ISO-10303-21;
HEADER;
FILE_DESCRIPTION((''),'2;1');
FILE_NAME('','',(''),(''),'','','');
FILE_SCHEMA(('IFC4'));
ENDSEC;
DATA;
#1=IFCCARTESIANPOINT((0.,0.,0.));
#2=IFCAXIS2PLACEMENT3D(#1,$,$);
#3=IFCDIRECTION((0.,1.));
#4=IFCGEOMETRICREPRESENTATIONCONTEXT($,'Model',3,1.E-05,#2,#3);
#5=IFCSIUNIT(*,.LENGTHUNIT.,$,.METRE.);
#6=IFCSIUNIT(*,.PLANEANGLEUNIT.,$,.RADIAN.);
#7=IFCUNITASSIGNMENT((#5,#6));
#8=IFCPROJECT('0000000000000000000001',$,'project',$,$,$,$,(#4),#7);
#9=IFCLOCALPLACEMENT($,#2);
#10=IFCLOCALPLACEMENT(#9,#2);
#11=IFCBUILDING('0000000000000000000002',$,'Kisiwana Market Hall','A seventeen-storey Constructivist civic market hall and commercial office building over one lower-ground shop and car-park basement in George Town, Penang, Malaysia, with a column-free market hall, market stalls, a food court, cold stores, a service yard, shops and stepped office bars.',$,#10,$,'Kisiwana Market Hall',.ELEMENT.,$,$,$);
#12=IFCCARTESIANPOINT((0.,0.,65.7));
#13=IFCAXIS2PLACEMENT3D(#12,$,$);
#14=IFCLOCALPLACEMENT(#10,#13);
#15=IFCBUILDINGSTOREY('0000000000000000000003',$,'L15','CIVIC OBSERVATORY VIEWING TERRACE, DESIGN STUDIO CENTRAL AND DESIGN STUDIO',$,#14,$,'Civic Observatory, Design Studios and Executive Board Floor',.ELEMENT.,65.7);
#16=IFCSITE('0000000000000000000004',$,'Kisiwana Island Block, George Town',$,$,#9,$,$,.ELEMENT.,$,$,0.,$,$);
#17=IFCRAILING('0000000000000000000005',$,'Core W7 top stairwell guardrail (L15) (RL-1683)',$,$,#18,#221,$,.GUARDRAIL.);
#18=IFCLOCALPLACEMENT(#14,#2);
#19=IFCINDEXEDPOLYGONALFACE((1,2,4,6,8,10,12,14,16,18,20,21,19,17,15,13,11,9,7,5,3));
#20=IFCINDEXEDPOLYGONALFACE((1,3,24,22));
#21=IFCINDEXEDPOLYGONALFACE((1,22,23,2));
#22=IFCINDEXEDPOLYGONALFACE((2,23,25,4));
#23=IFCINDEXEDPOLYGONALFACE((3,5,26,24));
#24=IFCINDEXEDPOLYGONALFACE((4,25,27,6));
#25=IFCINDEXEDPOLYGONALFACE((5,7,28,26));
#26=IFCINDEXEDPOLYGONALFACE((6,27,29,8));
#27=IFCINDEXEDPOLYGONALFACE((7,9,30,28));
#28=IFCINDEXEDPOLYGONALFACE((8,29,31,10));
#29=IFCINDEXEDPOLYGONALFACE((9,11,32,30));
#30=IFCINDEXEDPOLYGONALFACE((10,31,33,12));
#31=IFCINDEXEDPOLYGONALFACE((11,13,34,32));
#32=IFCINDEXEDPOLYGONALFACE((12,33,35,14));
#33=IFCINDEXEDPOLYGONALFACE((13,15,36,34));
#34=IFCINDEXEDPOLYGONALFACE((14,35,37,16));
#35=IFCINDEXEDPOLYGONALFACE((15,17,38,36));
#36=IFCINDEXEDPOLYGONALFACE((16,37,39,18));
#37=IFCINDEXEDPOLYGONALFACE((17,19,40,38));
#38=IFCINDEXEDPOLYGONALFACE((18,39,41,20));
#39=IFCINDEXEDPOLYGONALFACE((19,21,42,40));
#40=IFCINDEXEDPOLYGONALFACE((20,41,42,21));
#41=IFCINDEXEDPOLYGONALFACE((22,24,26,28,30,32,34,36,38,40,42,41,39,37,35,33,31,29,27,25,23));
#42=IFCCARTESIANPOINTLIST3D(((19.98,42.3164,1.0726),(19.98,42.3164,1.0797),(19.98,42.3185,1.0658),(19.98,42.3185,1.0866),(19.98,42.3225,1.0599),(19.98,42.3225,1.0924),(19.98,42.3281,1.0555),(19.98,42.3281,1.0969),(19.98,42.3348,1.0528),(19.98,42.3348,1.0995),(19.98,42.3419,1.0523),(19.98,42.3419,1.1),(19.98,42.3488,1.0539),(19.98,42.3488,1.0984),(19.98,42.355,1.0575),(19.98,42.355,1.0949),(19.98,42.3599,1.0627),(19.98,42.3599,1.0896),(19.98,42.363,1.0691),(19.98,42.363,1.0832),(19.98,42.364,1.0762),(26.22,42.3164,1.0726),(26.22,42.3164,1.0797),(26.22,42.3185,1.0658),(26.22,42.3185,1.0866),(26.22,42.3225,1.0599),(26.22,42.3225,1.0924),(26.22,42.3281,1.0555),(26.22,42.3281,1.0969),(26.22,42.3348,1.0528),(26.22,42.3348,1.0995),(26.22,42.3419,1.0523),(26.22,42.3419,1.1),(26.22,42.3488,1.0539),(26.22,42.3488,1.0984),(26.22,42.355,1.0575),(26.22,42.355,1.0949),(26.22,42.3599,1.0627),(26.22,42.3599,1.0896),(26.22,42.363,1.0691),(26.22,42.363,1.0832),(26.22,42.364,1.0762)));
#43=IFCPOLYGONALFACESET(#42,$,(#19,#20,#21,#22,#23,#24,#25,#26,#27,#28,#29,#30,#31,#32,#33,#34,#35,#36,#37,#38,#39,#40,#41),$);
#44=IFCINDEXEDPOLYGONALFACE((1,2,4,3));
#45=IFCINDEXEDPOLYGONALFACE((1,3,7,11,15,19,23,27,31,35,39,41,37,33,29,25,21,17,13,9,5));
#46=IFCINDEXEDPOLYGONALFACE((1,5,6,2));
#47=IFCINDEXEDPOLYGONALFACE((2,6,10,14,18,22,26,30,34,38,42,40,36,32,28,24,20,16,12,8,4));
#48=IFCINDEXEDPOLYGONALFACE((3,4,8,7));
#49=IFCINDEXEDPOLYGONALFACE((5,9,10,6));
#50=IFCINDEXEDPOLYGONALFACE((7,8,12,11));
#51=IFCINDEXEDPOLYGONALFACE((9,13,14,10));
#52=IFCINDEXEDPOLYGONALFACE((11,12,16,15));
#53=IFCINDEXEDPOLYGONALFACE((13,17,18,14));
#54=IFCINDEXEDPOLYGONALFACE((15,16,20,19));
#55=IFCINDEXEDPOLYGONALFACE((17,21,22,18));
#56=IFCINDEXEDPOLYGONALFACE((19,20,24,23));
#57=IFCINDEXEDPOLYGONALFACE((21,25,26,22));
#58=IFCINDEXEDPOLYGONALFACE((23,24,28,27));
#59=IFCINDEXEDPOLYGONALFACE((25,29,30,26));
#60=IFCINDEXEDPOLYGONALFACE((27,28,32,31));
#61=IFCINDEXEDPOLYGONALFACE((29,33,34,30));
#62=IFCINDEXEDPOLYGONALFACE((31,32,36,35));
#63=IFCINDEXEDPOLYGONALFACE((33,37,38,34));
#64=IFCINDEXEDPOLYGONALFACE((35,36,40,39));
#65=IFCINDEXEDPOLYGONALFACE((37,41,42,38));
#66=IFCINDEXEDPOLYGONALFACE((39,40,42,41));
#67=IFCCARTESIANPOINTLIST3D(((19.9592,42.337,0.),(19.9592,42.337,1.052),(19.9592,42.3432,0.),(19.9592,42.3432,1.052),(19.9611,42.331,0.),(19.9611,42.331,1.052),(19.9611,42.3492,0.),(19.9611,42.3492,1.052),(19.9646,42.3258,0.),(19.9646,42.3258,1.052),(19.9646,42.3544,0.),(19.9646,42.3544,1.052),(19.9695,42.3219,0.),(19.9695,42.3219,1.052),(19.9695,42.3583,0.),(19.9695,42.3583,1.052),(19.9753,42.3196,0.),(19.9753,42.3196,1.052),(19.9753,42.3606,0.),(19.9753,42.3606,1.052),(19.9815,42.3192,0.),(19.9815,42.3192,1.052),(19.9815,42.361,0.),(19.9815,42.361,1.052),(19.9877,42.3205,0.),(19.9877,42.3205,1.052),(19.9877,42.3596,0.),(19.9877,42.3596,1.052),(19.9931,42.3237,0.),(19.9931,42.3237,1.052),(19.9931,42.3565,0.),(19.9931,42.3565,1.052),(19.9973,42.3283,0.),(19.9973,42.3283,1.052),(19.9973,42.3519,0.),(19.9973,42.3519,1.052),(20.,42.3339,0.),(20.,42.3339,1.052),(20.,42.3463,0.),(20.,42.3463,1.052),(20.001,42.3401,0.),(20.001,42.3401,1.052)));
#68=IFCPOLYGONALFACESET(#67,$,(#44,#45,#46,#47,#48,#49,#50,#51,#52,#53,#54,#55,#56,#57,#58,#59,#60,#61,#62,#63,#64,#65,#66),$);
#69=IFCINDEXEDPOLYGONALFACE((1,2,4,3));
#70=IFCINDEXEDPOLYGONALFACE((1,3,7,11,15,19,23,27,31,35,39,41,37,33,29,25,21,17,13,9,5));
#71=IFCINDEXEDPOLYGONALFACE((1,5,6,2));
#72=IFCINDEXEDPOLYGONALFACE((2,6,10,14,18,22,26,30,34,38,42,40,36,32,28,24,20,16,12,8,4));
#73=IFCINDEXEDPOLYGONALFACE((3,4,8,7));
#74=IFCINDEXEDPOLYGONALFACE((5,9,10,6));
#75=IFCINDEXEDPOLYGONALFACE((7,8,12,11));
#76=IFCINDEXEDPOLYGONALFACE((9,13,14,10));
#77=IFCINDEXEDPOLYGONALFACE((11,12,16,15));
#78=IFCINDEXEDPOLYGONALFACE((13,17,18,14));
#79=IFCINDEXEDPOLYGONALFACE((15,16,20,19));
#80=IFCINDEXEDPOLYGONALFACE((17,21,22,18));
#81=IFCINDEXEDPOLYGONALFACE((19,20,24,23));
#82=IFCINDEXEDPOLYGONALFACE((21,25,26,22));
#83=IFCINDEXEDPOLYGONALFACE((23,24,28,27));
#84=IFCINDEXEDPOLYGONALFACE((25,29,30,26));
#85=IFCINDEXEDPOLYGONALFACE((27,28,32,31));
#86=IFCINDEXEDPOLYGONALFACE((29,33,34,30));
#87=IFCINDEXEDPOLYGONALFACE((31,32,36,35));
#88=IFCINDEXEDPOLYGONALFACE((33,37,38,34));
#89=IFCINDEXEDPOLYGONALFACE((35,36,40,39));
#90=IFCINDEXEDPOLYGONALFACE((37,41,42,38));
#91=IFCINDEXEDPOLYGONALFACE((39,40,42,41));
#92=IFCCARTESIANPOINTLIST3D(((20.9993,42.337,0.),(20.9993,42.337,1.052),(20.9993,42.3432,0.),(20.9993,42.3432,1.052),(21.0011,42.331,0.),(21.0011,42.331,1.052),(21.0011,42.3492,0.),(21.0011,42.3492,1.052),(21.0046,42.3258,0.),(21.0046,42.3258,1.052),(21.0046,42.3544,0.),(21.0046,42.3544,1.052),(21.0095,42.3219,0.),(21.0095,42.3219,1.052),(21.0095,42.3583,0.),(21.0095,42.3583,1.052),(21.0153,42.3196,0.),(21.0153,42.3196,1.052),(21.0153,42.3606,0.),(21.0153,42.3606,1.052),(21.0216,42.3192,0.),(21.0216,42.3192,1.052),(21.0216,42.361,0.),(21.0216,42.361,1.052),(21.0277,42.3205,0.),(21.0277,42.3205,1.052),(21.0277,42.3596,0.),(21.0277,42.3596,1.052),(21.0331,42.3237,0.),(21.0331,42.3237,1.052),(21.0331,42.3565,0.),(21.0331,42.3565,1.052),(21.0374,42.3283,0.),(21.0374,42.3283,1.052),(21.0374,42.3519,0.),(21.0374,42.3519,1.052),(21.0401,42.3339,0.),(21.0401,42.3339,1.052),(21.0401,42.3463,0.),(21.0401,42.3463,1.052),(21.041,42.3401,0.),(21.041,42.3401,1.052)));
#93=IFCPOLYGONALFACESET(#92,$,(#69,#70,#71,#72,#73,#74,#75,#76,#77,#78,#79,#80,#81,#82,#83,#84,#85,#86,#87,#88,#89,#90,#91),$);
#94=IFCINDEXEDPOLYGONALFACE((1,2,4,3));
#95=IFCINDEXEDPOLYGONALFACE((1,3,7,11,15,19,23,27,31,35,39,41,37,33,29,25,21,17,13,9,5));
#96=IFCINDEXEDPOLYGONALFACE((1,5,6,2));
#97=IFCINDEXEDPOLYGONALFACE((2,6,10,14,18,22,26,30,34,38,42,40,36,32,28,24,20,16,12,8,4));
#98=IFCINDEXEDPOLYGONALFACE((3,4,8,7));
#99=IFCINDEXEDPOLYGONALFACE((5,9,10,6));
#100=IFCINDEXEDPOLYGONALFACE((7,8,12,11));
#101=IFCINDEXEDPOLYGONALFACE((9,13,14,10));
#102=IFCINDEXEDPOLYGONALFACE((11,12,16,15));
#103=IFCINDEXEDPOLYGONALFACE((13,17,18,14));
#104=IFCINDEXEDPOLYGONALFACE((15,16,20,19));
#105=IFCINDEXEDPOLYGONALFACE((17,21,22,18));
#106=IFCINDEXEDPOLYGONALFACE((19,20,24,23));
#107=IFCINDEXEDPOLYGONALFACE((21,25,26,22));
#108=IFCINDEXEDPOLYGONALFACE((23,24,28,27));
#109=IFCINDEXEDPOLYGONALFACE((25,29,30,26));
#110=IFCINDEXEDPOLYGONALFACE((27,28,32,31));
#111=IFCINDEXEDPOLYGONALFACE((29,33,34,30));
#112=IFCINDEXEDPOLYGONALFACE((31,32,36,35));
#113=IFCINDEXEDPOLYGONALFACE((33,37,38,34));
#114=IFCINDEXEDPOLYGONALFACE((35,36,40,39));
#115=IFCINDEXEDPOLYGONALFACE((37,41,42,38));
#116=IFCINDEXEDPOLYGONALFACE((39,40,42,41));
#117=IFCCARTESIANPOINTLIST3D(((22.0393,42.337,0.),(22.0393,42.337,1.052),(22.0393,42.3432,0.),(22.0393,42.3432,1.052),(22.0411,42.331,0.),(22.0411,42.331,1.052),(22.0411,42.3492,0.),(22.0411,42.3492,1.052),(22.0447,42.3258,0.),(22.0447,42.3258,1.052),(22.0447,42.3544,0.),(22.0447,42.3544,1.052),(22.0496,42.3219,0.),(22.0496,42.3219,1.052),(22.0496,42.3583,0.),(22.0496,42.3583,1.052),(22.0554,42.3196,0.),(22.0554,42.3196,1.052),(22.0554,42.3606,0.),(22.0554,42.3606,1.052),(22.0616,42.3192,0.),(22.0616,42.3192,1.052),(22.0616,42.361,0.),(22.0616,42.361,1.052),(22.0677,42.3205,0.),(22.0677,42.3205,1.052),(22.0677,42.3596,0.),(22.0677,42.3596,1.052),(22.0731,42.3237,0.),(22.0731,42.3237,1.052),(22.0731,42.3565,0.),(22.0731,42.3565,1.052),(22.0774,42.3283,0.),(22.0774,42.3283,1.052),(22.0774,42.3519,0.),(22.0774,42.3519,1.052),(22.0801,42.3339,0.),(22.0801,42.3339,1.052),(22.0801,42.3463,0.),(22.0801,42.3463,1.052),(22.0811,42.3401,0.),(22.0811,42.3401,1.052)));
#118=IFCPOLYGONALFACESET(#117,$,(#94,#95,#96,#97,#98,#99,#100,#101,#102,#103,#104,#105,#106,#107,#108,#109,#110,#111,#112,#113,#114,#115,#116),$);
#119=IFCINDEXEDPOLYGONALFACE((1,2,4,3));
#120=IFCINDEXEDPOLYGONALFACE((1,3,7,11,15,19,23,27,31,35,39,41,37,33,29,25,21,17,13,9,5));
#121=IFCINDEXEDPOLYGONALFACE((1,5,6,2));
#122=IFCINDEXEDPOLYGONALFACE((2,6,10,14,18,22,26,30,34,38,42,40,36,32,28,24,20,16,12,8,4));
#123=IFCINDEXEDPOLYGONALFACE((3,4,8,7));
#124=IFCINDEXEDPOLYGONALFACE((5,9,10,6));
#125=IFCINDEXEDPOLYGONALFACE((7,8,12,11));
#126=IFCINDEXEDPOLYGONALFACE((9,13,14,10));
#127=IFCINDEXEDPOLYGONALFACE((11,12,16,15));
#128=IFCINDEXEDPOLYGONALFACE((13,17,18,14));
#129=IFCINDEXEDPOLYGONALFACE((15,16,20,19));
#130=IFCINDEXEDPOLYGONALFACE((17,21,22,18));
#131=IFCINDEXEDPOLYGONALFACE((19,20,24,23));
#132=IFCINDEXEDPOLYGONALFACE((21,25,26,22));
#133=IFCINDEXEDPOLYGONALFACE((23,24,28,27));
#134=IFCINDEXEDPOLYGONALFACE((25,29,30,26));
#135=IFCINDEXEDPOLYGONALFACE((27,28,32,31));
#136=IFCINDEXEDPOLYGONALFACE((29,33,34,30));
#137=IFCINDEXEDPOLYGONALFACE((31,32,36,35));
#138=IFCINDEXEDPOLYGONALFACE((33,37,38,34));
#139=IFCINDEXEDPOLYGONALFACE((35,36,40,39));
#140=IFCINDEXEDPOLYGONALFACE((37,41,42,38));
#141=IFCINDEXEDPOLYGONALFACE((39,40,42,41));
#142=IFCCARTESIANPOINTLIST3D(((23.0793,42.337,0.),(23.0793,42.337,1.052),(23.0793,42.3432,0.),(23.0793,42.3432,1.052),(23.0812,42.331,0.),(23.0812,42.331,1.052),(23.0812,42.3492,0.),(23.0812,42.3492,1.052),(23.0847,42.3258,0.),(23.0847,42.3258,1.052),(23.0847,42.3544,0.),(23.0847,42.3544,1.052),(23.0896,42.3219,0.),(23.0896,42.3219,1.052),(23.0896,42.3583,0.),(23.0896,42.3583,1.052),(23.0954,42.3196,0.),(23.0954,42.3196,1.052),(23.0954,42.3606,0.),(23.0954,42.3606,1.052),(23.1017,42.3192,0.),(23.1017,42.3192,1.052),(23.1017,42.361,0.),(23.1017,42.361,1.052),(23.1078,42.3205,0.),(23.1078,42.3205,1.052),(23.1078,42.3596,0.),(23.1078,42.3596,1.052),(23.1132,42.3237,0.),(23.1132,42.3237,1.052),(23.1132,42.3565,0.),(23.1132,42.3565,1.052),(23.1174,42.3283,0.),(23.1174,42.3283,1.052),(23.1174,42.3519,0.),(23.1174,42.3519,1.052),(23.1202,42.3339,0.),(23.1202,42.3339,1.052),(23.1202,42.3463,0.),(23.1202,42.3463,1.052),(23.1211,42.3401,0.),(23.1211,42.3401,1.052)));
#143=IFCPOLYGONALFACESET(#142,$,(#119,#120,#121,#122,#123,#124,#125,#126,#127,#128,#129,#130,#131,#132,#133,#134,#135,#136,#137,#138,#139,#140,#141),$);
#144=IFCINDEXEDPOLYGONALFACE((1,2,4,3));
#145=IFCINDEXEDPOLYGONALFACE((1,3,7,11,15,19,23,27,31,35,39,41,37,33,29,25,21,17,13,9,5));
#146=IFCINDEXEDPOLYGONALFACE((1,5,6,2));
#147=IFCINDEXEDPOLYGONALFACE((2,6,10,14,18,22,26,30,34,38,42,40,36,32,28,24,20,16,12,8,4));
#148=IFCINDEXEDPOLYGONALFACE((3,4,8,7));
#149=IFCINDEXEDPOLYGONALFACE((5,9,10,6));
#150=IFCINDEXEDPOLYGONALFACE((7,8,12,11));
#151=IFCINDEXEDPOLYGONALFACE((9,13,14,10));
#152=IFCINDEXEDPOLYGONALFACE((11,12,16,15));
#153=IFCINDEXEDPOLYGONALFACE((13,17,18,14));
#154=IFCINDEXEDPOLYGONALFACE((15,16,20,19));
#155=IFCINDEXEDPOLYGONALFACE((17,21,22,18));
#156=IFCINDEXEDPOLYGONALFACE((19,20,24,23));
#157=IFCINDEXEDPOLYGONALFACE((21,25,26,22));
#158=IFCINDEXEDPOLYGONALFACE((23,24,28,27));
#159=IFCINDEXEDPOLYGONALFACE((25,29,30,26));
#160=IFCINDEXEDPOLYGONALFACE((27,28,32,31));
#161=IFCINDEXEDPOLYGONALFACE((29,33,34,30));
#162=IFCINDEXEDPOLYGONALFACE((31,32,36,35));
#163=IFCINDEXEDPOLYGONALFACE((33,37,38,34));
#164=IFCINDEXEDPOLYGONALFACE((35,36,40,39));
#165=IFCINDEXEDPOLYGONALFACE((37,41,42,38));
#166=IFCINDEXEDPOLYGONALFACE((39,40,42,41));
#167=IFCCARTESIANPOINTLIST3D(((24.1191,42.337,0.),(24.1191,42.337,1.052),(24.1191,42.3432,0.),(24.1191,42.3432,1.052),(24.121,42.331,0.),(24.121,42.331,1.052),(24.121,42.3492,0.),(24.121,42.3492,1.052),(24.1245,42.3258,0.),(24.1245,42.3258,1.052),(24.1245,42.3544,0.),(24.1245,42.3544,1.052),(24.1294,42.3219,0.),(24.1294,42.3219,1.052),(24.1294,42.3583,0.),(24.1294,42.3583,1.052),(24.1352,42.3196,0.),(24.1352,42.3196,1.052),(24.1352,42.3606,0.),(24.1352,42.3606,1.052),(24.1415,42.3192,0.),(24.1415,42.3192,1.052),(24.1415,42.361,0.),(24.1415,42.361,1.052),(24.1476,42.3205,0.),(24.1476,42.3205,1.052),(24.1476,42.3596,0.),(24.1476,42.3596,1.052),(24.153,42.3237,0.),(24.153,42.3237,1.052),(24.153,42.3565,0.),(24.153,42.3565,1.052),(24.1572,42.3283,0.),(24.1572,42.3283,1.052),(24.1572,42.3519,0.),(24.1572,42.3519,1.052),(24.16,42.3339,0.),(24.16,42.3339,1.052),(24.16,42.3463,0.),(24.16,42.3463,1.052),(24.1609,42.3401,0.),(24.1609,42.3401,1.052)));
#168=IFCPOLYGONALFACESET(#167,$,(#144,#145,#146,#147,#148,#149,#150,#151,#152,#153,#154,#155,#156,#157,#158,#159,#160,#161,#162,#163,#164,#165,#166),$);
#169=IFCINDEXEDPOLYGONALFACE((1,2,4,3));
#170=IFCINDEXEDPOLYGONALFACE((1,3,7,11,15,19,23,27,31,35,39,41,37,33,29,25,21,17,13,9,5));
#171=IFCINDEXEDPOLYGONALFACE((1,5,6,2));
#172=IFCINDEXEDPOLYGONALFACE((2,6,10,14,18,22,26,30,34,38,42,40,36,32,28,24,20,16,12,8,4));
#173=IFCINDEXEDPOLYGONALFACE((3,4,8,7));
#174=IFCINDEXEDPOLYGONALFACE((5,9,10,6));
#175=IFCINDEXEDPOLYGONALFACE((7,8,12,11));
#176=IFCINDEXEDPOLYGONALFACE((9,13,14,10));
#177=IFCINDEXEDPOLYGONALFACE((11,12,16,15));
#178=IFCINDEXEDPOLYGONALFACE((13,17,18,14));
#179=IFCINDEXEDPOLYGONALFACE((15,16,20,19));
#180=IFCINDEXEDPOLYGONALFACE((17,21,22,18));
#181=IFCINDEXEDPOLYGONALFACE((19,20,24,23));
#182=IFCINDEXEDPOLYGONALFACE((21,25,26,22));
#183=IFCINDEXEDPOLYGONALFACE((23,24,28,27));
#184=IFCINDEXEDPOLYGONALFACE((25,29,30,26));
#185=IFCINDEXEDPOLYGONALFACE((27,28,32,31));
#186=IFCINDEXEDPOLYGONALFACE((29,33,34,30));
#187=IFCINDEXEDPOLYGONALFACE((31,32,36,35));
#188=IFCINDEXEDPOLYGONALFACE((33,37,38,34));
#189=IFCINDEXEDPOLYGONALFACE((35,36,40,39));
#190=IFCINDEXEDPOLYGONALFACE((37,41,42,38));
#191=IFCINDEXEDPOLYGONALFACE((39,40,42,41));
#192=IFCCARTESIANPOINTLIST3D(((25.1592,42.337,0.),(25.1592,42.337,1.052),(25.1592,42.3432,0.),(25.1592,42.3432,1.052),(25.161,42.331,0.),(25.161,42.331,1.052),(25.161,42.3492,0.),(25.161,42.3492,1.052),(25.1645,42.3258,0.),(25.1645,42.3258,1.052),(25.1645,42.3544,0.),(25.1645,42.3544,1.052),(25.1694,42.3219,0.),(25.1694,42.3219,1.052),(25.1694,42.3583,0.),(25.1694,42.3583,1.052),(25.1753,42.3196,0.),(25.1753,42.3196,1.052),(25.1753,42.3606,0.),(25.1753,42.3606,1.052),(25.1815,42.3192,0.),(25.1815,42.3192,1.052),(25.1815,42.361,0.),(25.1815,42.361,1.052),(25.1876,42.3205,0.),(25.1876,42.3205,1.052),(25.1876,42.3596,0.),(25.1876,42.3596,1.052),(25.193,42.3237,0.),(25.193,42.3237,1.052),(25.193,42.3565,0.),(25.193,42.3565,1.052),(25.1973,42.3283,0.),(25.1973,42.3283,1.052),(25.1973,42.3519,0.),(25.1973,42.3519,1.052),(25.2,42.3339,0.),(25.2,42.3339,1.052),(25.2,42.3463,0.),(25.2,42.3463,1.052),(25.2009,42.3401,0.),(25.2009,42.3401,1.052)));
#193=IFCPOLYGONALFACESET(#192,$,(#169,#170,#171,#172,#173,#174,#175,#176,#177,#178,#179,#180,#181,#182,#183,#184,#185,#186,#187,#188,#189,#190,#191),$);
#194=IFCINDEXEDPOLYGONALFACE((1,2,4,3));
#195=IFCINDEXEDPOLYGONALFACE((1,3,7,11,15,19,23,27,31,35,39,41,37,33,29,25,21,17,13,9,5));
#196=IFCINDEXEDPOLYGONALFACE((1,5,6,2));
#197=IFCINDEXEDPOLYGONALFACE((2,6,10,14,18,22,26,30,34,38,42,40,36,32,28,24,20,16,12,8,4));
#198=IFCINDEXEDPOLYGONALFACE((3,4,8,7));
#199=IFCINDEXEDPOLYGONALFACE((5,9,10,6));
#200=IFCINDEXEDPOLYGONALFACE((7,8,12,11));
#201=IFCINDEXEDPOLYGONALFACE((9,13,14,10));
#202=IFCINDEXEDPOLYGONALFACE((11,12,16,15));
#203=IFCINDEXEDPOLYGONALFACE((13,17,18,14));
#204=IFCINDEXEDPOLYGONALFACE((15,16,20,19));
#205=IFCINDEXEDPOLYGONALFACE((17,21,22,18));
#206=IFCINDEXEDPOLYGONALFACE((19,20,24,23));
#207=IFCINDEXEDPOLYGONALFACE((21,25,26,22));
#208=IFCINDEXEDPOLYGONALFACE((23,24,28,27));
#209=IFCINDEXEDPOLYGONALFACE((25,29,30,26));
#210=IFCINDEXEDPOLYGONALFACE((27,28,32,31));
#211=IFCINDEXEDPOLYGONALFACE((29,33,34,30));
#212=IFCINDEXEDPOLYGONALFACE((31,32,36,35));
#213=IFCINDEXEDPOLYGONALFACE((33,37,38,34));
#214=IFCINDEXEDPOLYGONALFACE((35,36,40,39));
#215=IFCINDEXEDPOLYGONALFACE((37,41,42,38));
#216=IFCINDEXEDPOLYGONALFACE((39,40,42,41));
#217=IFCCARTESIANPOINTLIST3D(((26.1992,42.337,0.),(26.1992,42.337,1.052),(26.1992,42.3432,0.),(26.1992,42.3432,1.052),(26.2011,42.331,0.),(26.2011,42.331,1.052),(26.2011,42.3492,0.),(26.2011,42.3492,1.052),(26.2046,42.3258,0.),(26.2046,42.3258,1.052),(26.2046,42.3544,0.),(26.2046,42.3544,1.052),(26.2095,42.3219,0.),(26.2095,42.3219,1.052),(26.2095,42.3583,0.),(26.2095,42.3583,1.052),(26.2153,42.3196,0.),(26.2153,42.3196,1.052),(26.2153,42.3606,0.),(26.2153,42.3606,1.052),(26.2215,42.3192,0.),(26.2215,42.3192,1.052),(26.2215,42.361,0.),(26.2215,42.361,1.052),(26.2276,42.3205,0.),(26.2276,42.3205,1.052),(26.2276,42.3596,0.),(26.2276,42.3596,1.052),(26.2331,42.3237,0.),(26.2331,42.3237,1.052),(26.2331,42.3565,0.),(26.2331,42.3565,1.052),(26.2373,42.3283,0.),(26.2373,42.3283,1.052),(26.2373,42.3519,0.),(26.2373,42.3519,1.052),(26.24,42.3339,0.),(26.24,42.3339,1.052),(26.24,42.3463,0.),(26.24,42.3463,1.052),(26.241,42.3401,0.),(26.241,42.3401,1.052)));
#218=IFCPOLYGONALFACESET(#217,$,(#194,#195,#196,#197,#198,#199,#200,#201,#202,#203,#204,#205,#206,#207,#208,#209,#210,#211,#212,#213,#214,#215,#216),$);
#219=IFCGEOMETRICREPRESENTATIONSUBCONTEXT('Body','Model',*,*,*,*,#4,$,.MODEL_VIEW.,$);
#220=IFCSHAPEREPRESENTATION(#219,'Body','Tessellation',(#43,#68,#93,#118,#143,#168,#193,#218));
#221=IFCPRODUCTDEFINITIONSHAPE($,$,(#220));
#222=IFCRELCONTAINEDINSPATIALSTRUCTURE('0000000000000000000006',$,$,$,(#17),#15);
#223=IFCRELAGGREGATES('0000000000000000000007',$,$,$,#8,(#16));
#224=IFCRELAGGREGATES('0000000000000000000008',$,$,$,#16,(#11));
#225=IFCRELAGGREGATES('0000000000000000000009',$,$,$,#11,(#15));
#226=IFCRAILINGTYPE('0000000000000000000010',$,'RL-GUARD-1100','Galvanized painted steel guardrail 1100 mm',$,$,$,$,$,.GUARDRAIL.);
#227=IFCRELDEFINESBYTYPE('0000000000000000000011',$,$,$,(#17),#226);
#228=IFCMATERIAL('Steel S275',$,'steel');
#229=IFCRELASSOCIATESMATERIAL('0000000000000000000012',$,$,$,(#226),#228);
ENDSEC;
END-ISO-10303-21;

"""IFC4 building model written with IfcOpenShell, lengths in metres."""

from ifc_helpers import new_model, si_unit, direction, frame, origin, origin_2d, place, context, subcontext, project, spatial, circle, extrude, material, type_object, element, save


model = new_model("IFC4")

# Units and contexts
model_context = context("Model", 3, precision=1e-05, world=origin(), true_north=direction((0.0, 1.0)))
body_context = subcontext(model_context, "Body", "Model", "MODEL_VIEW")
ifc_project = project(units=[si_unit("LENGTHUNIT", "METRE"), si_unit("PLANEANGLEUNIT", "RADIAN")], contexts=[model_context])

# Site, building, storey
site_placement = place(None, origin())
site = spatial("IfcSite", under=ifc_project, at=site_placement, Name="Kisiwana Island Block, George Town", CompositionType="ELEMENT", RefElevation=0.0)
building_placement = place(site_placement, origin())
building = spatial("IfcBuilding", under=site, at=building_placement, Name="Kisiwana Market Hall", Description="A seventeen-storey Constructivist civic market hall and commercial office building over one lower-ground shop and car-park basement in George Town, Penang, Malaysia, with a column-free market hall, market stalls, a food court, cold stores, a service yard, shops and stepped office bars.", LongName="Kisiwana Market Hall", CompositionType="ELEMENT")
storey_placement = place(building_placement, frame((0.0, 0.0, 65.7)))
storey = spatial("IfcBuildingStorey", under=building, at=storey_placement, Name="L15", Description="CIVIC OBSERVATORY VIEWING TERRACE, DESIGN STUDIO CENTRAL AND DESIGN STUDIO", LongName="Civic Observatory, Design Studios and Executive Board Floor", CompositionType="ELEMENT", Elevation=65.7)

# Railing
ifc_material_1 = material(Name="Steel S275", Category="steel")
railing_type = type_object("IfcRailingType", Name="RL-GUARD-1100", Description="Galvanized painted steel guardrail 1100 mm", PredefinedType="GUARDRAIL", material=ifc_material_1)
railing_1_placement = place(storey_placement, frame((19.98, 42.3401, 0.0)))
element("IfcRailing", 1, at=railing_1_placement, inside=storey, type_object=railing_type, Name="Core W7 top stairwell guardrail (L15) (RL-1683)", PredefinedType="GUARDRAIL", context=body_context, shape_type="SweptSolid", body=[
    extrude(circle(Radius=0.0239, at=origin_2d()), frame((0.0, 0.0, 1.0762), z_axis=(1.0, 0.0, 0.0), x_axis=(0.0, 1.0, 0.0)), (0.0, 0.0, 1.0), 6.24),
    extrude(circle(Radius=0.021, at=origin_2d()), origin(), (0.0, 0.0, 1.0), 1.052),
    extrude(circle(Radius=0.021, at=origin_2d()), frame((1.04, 0.0, 0.0)), (0.0, 0.0, 1.0), 1.052),
    extrude(circle(Radius=0.021, at=origin_2d()), frame((2.0801, 0.0, 0.0)), (0.0, 0.0, 1.0), 1.052),
    extrude(circle(Radius=0.021, at=origin_2d()), frame((3.1201, 0.0, 0.0)), (0.0, 0.0, 1.0), 1.052),
    extrude(circle(Radius=0.021, at=origin_2d()), frame((4.1599, 0.0, 0.0)), (0.0, 0.0, 1.0), 1.052),
    extrude(circle(Radius=0.021, at=origin_2d()), frame((5.2, 0.0, 0.0)), (0.0, 0.0, 1.0), 1.052),
    extrude(circle(Radius=0.021, at=origin_2d()), frame((6.24, 0.0, 0.0)), (0.0, 0.0, 1.0), 1.052),
])

save(model, "model.ifc")
